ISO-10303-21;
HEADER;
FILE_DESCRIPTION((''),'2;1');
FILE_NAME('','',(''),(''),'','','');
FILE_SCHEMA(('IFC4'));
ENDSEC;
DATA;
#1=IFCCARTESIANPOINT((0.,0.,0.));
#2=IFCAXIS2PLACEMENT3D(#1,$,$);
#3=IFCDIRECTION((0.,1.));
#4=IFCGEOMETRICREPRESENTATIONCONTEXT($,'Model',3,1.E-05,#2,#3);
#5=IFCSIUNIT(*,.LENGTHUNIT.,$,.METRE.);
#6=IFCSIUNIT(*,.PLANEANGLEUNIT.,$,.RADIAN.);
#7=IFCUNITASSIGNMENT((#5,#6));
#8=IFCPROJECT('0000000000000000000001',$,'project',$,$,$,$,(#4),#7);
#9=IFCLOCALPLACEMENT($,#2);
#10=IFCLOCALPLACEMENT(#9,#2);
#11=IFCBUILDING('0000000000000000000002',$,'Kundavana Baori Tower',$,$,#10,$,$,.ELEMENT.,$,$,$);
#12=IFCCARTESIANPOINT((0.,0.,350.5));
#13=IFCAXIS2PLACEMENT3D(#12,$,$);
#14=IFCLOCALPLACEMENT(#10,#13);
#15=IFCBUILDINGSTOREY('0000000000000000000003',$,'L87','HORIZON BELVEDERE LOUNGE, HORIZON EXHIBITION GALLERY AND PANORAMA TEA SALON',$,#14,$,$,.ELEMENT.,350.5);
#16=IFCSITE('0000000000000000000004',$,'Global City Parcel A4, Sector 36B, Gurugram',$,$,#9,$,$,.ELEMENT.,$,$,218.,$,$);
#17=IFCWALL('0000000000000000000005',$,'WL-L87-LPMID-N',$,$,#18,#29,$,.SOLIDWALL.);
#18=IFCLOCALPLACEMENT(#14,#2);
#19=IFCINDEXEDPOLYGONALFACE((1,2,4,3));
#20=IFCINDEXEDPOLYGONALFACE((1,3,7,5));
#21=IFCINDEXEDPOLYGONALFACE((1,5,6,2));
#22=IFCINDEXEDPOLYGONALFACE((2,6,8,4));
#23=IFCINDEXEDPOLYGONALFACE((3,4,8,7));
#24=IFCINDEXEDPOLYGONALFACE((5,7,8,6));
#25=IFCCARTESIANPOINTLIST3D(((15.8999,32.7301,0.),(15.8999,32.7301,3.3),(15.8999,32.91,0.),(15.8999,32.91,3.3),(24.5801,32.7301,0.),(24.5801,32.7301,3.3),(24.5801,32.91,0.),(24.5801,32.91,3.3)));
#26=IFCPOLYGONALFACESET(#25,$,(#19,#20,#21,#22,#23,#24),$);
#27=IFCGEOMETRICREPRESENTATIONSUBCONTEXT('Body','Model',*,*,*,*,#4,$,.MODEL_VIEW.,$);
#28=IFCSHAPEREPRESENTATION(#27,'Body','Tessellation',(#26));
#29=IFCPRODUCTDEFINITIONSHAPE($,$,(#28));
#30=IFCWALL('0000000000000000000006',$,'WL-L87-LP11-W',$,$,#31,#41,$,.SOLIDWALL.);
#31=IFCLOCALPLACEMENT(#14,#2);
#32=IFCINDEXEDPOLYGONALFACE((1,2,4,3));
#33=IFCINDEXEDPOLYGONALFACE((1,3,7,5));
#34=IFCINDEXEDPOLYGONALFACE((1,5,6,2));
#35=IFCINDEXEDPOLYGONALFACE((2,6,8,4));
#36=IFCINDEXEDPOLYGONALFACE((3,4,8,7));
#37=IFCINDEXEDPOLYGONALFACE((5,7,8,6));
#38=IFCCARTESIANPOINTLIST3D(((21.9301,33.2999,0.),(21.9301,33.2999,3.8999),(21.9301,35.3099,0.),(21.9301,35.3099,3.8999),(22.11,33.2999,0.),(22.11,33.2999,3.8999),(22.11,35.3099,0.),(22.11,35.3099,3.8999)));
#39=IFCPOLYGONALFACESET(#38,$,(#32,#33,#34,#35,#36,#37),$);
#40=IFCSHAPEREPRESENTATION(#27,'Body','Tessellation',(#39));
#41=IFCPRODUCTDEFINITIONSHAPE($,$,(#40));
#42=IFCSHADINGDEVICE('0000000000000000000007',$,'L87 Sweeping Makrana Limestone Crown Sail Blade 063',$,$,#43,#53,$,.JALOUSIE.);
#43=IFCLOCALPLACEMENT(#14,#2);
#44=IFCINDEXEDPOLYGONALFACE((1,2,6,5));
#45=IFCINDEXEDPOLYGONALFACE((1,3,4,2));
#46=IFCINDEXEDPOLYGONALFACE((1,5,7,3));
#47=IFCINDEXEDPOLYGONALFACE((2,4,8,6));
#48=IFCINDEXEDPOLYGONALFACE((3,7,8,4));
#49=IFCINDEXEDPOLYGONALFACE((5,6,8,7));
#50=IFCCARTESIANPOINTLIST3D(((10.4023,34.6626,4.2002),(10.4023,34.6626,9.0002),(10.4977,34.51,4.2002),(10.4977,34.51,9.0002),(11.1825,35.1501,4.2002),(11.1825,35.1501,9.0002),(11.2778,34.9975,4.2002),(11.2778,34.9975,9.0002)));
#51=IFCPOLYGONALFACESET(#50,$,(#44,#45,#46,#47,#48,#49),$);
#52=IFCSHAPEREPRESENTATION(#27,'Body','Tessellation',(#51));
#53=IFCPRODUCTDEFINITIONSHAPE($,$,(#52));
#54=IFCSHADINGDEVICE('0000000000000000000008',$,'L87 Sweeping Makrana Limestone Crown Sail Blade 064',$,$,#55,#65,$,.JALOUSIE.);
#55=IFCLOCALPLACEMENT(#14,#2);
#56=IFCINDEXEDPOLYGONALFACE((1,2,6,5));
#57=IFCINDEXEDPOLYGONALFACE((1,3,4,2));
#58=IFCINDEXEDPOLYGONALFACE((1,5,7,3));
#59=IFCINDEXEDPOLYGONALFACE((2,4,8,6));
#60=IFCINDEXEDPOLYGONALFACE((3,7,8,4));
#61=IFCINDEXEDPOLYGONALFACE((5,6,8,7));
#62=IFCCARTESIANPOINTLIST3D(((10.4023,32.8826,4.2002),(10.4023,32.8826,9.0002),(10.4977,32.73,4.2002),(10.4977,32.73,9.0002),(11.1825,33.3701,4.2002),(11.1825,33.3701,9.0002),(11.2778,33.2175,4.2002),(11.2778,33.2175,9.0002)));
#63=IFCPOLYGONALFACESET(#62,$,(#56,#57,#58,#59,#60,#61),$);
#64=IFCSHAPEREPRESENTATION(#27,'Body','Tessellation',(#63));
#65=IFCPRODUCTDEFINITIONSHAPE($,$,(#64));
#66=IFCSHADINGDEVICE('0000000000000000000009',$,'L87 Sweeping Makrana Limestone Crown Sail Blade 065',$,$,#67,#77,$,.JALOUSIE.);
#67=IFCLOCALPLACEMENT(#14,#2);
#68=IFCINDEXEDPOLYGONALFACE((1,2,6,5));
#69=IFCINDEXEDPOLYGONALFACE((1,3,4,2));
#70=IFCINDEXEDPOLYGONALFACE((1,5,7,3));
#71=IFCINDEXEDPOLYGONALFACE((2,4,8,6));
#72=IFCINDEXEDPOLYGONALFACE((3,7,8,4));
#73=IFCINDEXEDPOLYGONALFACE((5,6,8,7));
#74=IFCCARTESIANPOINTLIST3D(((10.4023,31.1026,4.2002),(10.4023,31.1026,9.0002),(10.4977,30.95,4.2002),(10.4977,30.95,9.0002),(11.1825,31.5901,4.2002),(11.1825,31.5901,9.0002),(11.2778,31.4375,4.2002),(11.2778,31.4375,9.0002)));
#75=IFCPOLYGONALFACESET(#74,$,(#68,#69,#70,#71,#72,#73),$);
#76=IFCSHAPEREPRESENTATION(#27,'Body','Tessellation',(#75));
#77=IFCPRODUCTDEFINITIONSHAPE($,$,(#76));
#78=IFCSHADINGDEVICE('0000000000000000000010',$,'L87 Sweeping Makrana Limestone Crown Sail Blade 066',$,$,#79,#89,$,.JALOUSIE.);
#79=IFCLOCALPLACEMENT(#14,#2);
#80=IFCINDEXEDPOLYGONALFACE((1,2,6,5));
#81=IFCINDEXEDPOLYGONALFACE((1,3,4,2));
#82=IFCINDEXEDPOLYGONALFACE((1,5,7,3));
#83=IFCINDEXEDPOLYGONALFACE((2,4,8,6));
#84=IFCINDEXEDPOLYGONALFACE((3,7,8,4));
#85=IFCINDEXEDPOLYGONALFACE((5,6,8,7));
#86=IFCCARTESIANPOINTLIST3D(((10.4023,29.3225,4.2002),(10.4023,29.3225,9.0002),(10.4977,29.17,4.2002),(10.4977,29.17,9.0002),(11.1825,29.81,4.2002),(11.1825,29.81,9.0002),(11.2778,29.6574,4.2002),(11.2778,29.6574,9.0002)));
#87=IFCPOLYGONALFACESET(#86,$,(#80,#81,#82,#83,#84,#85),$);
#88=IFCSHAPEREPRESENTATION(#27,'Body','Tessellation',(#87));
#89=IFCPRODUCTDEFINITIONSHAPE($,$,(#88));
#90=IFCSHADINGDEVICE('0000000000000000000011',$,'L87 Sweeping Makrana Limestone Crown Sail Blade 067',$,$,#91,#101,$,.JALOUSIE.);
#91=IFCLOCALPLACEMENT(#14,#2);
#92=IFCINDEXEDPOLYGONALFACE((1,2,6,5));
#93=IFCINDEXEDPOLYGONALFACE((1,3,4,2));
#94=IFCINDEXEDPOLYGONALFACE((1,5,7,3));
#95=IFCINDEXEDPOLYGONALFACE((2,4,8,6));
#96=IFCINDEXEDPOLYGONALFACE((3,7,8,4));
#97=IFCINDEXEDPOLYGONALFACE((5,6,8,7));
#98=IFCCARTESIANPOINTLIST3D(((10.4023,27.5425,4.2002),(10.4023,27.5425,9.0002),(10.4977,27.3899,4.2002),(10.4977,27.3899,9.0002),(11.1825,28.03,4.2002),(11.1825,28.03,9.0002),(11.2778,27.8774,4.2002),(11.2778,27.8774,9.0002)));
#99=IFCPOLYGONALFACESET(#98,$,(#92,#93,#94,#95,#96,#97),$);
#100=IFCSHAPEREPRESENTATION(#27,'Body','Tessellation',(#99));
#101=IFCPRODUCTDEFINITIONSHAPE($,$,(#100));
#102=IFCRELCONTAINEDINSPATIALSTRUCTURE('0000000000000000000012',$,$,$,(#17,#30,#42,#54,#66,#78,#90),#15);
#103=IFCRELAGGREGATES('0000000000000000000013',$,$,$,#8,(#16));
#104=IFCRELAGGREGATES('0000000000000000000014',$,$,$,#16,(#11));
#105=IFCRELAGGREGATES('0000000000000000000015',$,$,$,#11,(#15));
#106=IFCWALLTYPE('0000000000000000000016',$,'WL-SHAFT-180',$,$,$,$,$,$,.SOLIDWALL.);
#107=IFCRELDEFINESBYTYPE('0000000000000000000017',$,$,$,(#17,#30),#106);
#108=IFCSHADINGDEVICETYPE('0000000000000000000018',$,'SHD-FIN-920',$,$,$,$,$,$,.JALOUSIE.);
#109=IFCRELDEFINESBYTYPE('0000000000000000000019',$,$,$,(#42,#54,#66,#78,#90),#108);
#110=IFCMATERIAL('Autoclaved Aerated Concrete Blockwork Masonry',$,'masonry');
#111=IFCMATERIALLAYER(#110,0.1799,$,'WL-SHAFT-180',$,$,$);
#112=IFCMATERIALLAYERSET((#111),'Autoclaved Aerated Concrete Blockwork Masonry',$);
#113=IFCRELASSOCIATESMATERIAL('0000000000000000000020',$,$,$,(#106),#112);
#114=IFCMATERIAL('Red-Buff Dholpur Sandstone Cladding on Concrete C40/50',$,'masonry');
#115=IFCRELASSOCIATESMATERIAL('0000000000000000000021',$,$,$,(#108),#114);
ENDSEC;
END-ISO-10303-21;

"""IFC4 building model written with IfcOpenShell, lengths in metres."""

from ifc_helpers import new_model, si_unit, direction, frame, frame_2d, origin, origin_2d, place, context, subcontext, project, spatial, rectangle, extrude, material, layer, layer_set, type_object, element, save


model = new_model("IFC4")

# Units and contexts
model_context = context("Model", 3, precision=1e-05, world=origin(), true_north=direction((0.0, 1.0)))
body_context = subcontext(model_context, "Body", "Model", "MODEL_VIEW")
ifc_project = project(units=[si_unit("LENGTHUNIT", "METRE"), si_unit("PLANEANGLEUNIT", "RADIAN")], contexts=[model_context])

# Site, building, storey
site_placement = place(None, origin())
site = spatial("IfcSite", under=ifc_project, at=site_placement, Name="Global City Parcel A4, Sector 36B, Gurugram", CompositionType="ELEMENT", RefElevation=218.0)
building_placement = place(site_placement, origin())
building = spatial("IfcBuilding", under=site, at=building_placement, Name="Kundavana Baori Tower", CompositionType="ELEMENT")
storey_placement = place(building_placement, frame((0.0, 0.0, 350.5)))
storey = spatial("IfcBuildingStorey", under=building, at=storey_placement, Name="L87", Description="HORIZON BELVEDERE LOUNGE, HORIZON EXHIBITION GALLERY AND PANORAMA TEA SALON", CompositionType="ELEMENT", Elevation=350.5)

# Shared definitions
ifc_material_1 = material(Name="Autoclaved Aerated Concrete Blockwork Masonry", Category="masonry")
ifc_layer_1 = layer(ifc_material_1, 0.1799, Name="WL-SHAFT-180")
ifc_layer_set_1 = layer_set([ifc_layer_1], Name="Autoclaved Aerated Concrete Blockwork Masonry")
wall_type_1 = type_object("IfcWallType", Name="WL-SHAFT-180", PredefinedType="SOLIDWALL", material=ifc_layer_set_1)

# Walls
wall_1_placement = place(storey_placement, frame((15.8999, 32.8201, 0.0), z_axis=(0.0, 0.0, 1.0), x_axis=(1.0, 0.0, 0.0)))
element("IfcWall", 1, at=wall_1_placement, inside=storey, type_object=wall_type_1, Name="WL-L87-LPMID-N", PredefinedType="SOLIDWALL", context=body_context, shape_type="SweptSolid", body=[
    extrude(rectangle(XDim=8.6802, YDim=0.1799, at=frame_2d((4.3401, 0.0))), origin(), (0.0, 0.0, 1.0), 3.3),
])
wall_2_placement = place(storey_placement, frame((22.02, 33.3, 0.0), z_axis=(0.0, 0.0, 1.0), x_axis=(0.0, 1.0, 0.0)))
element("IfcWall", 2, at=wall_2_placement, inside=storey, type_object=wall_type_1, Name="WL-L87-LP11-W", PredefinedType="SOLIDWALL", context=body_context, shape_type="SweptSolid", body=[
    extrude(rectangle(XDim=2.01, YDim=0.1799, at=frame_2d((1.0049, 0.0))), origin(), (0.0, 0.0, 1.0), 3.8999),
])

# Shading devices
ifc_material_2 = material(Name="Red-Buff Dholpur Sandstone Cladding on Concrete C40/50", Category="masonry")
shading_device_type = type_object("IfcShadingDeviceType", Name="SHD-FIN-920", PredefinedType="JALOUSIE", material=ifc_material_2)
for number, where, z_axis, x_axis, name in (
    (3, (10.8401, 34.8301, 4.2002), (0.0, 0.0, 1.0), (-0.529919, 0.848048, 0.0), "L87 Sweeping Makrana Limestone Crown Sail Blade 063"),
    (4, (10.8401, 33.05, 4.2002), (0.0, 0.0, 1.0), (-0.529919, 0.848048, 0.0), "L87 Sweeping Makrana Limestone Crown Sail Blade 064"),
    (5, (10.8401, 31.27, 4.2002), (0.0, 0.0, 1.0), (-0.529919, 0.848048, 0.0), "L87 Sweeping Makrana Limestone Crown Sail Blade 065"),
    (6, (10.8401, 29.49, 4.2002), (0.0, 0.0, 1.0), (-0.529919, 0.848048, 0.0), "L87 Sweeping Makrana Limestone Crown Sail Blade 066"),
    (7, (10.8401, 27.71, 4.2002), (0.0, 0.0, 1.0), (-0.529919, 0.848048, 0.0), "L87 Sweeping Makrana Limestone Crown Sail Blade 067"),
):
    element("IfcShadingDevice", number, at=place(storey_placement, frame(where, z_axis=z_axis, x_axis=x_axis)), inside=storey, type_object=shading_device_type, Name=name, PredefinedType="JALOUSIE", context=body_context, shape_type="SweptSolid", body=[
        extrude(rectangle(XDim=0.1799, YDim=0.9199, at=origin_2d()), origin(), (0.0, 0.0, 1.0), 4.8),
    ])

save(model, "model.ifc")
